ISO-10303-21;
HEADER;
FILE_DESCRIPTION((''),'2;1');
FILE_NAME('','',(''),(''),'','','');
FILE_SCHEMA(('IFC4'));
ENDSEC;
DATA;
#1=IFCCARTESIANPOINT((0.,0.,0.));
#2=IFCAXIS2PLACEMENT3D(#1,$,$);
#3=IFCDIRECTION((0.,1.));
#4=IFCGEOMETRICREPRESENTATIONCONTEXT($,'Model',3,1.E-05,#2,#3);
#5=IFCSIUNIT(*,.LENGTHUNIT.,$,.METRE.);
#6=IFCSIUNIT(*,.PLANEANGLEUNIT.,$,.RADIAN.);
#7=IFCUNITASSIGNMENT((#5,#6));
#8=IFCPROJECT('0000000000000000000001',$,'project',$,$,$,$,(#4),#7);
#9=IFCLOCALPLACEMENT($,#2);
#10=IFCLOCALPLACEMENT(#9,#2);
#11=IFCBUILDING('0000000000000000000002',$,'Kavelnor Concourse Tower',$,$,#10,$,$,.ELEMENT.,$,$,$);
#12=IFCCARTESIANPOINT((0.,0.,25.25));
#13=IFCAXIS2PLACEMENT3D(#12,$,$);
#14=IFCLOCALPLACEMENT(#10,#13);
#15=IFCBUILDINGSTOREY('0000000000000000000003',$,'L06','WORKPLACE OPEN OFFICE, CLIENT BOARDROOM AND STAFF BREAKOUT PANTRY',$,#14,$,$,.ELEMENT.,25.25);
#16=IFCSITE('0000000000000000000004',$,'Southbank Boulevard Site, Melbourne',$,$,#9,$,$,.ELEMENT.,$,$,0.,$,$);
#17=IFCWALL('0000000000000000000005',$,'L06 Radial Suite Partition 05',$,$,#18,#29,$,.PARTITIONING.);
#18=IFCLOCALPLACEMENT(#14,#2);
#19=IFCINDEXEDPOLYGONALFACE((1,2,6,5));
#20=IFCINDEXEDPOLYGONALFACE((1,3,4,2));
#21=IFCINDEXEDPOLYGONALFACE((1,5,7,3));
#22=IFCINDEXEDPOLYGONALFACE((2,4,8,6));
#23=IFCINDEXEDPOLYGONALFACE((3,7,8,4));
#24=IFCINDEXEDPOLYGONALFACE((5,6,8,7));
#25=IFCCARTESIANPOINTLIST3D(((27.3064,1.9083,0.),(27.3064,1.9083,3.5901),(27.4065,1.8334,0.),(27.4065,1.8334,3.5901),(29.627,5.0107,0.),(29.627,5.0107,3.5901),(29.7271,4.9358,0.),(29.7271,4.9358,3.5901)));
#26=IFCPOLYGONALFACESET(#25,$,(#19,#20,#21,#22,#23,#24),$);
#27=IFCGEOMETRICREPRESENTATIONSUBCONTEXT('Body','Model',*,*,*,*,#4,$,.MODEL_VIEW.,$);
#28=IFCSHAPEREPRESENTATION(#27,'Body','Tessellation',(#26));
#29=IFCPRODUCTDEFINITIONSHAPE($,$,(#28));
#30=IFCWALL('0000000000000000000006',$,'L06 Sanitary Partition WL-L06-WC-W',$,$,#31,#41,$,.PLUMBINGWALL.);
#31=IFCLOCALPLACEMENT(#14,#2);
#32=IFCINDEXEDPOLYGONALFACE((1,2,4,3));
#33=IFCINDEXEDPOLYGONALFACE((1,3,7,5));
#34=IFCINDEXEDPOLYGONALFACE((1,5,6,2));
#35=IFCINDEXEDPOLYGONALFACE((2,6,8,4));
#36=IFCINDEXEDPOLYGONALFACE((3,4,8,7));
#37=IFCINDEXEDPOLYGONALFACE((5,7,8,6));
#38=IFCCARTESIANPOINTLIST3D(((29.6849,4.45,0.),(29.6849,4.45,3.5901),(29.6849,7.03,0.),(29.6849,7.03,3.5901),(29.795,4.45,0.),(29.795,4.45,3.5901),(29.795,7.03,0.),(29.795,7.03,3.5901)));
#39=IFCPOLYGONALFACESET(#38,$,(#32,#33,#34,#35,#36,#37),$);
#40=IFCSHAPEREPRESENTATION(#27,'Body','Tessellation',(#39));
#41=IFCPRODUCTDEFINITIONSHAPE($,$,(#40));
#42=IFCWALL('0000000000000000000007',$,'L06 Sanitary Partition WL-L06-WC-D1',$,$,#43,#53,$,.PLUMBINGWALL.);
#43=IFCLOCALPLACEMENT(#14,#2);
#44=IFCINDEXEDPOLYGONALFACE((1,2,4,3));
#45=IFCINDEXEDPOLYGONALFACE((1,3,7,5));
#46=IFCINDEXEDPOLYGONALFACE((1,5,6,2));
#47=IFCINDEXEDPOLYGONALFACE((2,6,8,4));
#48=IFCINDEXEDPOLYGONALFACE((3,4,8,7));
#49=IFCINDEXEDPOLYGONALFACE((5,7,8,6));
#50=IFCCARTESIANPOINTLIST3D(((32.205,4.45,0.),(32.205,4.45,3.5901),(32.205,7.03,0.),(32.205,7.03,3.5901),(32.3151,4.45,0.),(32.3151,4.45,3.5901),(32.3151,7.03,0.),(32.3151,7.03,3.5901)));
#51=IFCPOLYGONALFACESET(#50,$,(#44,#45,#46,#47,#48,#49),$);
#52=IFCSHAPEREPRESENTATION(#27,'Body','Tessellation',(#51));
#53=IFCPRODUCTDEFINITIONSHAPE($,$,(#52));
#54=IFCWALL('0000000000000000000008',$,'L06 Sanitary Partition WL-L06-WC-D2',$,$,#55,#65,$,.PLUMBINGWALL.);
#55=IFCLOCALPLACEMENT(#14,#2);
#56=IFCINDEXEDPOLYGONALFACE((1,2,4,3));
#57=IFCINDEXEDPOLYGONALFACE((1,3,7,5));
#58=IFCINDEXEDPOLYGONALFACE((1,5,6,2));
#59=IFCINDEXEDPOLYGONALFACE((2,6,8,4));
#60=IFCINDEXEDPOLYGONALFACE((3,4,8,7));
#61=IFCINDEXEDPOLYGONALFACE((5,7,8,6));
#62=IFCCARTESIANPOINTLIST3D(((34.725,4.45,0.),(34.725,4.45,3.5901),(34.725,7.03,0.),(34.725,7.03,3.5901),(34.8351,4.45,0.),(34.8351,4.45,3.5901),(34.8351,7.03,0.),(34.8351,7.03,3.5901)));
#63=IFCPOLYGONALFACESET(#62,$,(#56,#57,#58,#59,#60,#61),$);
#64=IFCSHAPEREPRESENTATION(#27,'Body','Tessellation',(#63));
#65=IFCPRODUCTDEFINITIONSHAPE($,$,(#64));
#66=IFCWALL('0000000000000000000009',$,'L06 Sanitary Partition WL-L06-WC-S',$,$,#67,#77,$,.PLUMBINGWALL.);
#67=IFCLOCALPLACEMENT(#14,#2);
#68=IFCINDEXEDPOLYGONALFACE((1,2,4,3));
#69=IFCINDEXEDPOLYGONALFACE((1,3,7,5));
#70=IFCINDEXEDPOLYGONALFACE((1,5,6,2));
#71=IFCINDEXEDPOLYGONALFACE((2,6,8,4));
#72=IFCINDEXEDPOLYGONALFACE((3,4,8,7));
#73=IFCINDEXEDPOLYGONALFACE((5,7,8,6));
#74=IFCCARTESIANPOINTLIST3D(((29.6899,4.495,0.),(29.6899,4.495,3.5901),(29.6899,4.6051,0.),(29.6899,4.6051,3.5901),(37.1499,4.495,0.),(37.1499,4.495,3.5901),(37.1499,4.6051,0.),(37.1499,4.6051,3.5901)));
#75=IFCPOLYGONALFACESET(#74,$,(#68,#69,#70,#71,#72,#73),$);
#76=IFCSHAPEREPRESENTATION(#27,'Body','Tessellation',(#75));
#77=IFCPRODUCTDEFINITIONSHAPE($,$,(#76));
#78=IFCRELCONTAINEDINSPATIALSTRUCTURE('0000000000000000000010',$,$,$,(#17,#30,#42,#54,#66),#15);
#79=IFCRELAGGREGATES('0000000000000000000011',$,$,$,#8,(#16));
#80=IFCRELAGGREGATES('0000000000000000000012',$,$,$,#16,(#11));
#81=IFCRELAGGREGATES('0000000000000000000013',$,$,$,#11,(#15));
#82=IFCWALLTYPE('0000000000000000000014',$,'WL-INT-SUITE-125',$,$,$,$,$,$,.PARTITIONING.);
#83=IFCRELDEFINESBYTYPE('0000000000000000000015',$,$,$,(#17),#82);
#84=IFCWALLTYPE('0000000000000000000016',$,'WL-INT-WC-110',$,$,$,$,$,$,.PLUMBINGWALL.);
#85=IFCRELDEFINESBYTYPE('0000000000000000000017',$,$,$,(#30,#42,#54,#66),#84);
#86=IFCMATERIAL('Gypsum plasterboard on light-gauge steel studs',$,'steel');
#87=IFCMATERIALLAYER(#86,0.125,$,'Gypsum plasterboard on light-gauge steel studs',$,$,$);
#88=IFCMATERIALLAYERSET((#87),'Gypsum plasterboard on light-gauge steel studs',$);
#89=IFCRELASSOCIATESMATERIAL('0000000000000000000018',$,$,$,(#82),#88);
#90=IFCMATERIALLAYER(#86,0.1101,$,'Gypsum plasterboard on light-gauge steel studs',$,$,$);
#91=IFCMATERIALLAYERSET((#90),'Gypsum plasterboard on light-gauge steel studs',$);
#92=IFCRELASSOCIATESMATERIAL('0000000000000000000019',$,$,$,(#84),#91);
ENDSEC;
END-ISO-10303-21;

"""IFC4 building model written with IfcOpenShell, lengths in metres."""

from ifc_helpers import new_model, si_unit, direction, frame, frame_2d, origin, place, context, subcontext, project, spatial, rectangle, extrude, material, layer, layer_set, type_object, element, save


model = new_model("IFC4")

# Units and contexts
model_context = context("Model", 3, precision=1e-05, world=origin(), true_north=direction((0.0, 1.0)))
body_context = subcontext(model_context, "Body", "Model", "MODEL_VIEW")
ifc_project = project(units=[si_unit("LENGTHUNIT", "METRE"), si_unit("PLANEANGLEUNIT", "RADIAN")], contexts=[model_context])

# Site, building, storey
site_placement = place(None, origin())
site = spatial("IfcSite", under=ifc_project, at=site_placement, Name="Southbank Boulevard Site, Melbourne", CompositionType="ELEMENT", RefElevation=0.0)
building_placement = place(site_placement, origin())
building = spatial("IfcBuilding", under=site, at=building_placement, Name="Kavelnor Concourse Tower", CompositionType="ELEMENT")
storey_placement = place(building_placement, frame((0.0, 0.0, 25.25)))
storey = spatial("IfcBuildingStorey", under=building, at=storey_placement, Name="L06", Description="WORKPLACE OPEN OFFICE, CLIENT BOARDROOM AND STAFF BREAKOUT PANTRY", CompositionType="ELEMENT", Elevation=25.25)

# Walls
ifc_material_1 = material(Name="Gypsum plasterboard on light-gauge steel studs", Category="steel")
ifc_layer_1 = layer(ifc_material_1, 0.125, Name="Gypsum plasterboard on light-gauge steel studs")
ifc_layer_set_1 = layer_set([ifc_layer_1], Name="Gypsum plasterboard on light-gauge steel studs")
wall_type_1 = type_object("IfcWallType", Name="WL-INT-SUITE-125", PredefinedType="PARTITIONING", material=ifc_layer_set_1)
wall_1_placement = place(storey_placement, frame((29.677, 4.9731, 0.0), z_axis=(0.0, 0.0, 1.0), x_axis=(-0.598981, -0.800763, 0.0)))
element("IfcWall", 1, at=wall_1_placement, inside=storey, type_object=wall_type_1, Name="L06 Radial Suite Partition 05", PredefinedType="PARTITIONING", context=body_context, shape_type="SweptSolid", body=[
    extrude(rectangle(XDim=3.8743, YDim=0.125, at=frame_2d((1.937, 0.0))), origin(), (0.0, 0.0, 1.0), 3.5901),
])
ifc_layer_2 = layer(ifc_material_1, 0.1101, Name="Gypsum plasterboard on light-gauge steel studs")
ifc_layer_set_2 = layer_set([ifc_layer_2], Name="Gypsum plasterboard on light-gauge steel studs")
wall_type_2 = type_object("IfcWallType", Name="WL-INT-WC-110", PredefinedType="PLUMBINGWALL", material=ifc_layer_set_2)
for number, where, z_axis, x_axis, name in (
    (2, (29.74, 4.45, 0.0), (0.0, 0.0, 1.0), (0.0, 1.0, 0.0), "L06 Sanitary Partition WL-L06-WC-W"),
    (3, (32.26, 4.45, 0.0), (0.0, 0.0, 1.0), (0.0, 1.0, 0.0), "L06 Sanitary Partition WL-L06-WC-D1"),
    (4, (34.78, 4.45, 0.0), (0.0, 0.0, 1.0), (0.0, 1.0, 0.0), "L06 Sanitary Partition WL-L06-WC-D2"),
):
    element("IfcWall", number, at=place(storey_placement, frame(where, z_axis=z_axis, x_axis=x_axis)), inside=storey, type_object=wall_type_2, Name=name, PredefinedType="PLUMBINGWALL", context=body_context, shape_type="SweptSolid", body=[
        extrude(rectangle(XDim=2.5801, YDim=0.1101, at=frame_2d((1.29, 0.0))), origin(), (0.0, 0.0, 1.0), 3.5901),
    ])
wall_2_placement = place(storey_placement, frame((29.6899, 4.55, 0.0), z_axis=(0.0, 0.0, 1.0), x_axis=(1.0, 0.0, 0.0)))
element("IfcWall", 5, at=wall_2_placement, inside=storey, type_object=wall_type_2, Name="L06 Sanitary Partition WL-L06-WC-S", PredefinedType="PLUMBINGWALL", context=body_context, shape_type="SweptSolid", body=[
    extrude(rectangle(XDim=7.46, YDim=0.1101, at=frame_2d((3.73, 0.0))), origin(), (0.0, 0.0, 1.0), 3.5901),
])

save(model, "model.ifc")
